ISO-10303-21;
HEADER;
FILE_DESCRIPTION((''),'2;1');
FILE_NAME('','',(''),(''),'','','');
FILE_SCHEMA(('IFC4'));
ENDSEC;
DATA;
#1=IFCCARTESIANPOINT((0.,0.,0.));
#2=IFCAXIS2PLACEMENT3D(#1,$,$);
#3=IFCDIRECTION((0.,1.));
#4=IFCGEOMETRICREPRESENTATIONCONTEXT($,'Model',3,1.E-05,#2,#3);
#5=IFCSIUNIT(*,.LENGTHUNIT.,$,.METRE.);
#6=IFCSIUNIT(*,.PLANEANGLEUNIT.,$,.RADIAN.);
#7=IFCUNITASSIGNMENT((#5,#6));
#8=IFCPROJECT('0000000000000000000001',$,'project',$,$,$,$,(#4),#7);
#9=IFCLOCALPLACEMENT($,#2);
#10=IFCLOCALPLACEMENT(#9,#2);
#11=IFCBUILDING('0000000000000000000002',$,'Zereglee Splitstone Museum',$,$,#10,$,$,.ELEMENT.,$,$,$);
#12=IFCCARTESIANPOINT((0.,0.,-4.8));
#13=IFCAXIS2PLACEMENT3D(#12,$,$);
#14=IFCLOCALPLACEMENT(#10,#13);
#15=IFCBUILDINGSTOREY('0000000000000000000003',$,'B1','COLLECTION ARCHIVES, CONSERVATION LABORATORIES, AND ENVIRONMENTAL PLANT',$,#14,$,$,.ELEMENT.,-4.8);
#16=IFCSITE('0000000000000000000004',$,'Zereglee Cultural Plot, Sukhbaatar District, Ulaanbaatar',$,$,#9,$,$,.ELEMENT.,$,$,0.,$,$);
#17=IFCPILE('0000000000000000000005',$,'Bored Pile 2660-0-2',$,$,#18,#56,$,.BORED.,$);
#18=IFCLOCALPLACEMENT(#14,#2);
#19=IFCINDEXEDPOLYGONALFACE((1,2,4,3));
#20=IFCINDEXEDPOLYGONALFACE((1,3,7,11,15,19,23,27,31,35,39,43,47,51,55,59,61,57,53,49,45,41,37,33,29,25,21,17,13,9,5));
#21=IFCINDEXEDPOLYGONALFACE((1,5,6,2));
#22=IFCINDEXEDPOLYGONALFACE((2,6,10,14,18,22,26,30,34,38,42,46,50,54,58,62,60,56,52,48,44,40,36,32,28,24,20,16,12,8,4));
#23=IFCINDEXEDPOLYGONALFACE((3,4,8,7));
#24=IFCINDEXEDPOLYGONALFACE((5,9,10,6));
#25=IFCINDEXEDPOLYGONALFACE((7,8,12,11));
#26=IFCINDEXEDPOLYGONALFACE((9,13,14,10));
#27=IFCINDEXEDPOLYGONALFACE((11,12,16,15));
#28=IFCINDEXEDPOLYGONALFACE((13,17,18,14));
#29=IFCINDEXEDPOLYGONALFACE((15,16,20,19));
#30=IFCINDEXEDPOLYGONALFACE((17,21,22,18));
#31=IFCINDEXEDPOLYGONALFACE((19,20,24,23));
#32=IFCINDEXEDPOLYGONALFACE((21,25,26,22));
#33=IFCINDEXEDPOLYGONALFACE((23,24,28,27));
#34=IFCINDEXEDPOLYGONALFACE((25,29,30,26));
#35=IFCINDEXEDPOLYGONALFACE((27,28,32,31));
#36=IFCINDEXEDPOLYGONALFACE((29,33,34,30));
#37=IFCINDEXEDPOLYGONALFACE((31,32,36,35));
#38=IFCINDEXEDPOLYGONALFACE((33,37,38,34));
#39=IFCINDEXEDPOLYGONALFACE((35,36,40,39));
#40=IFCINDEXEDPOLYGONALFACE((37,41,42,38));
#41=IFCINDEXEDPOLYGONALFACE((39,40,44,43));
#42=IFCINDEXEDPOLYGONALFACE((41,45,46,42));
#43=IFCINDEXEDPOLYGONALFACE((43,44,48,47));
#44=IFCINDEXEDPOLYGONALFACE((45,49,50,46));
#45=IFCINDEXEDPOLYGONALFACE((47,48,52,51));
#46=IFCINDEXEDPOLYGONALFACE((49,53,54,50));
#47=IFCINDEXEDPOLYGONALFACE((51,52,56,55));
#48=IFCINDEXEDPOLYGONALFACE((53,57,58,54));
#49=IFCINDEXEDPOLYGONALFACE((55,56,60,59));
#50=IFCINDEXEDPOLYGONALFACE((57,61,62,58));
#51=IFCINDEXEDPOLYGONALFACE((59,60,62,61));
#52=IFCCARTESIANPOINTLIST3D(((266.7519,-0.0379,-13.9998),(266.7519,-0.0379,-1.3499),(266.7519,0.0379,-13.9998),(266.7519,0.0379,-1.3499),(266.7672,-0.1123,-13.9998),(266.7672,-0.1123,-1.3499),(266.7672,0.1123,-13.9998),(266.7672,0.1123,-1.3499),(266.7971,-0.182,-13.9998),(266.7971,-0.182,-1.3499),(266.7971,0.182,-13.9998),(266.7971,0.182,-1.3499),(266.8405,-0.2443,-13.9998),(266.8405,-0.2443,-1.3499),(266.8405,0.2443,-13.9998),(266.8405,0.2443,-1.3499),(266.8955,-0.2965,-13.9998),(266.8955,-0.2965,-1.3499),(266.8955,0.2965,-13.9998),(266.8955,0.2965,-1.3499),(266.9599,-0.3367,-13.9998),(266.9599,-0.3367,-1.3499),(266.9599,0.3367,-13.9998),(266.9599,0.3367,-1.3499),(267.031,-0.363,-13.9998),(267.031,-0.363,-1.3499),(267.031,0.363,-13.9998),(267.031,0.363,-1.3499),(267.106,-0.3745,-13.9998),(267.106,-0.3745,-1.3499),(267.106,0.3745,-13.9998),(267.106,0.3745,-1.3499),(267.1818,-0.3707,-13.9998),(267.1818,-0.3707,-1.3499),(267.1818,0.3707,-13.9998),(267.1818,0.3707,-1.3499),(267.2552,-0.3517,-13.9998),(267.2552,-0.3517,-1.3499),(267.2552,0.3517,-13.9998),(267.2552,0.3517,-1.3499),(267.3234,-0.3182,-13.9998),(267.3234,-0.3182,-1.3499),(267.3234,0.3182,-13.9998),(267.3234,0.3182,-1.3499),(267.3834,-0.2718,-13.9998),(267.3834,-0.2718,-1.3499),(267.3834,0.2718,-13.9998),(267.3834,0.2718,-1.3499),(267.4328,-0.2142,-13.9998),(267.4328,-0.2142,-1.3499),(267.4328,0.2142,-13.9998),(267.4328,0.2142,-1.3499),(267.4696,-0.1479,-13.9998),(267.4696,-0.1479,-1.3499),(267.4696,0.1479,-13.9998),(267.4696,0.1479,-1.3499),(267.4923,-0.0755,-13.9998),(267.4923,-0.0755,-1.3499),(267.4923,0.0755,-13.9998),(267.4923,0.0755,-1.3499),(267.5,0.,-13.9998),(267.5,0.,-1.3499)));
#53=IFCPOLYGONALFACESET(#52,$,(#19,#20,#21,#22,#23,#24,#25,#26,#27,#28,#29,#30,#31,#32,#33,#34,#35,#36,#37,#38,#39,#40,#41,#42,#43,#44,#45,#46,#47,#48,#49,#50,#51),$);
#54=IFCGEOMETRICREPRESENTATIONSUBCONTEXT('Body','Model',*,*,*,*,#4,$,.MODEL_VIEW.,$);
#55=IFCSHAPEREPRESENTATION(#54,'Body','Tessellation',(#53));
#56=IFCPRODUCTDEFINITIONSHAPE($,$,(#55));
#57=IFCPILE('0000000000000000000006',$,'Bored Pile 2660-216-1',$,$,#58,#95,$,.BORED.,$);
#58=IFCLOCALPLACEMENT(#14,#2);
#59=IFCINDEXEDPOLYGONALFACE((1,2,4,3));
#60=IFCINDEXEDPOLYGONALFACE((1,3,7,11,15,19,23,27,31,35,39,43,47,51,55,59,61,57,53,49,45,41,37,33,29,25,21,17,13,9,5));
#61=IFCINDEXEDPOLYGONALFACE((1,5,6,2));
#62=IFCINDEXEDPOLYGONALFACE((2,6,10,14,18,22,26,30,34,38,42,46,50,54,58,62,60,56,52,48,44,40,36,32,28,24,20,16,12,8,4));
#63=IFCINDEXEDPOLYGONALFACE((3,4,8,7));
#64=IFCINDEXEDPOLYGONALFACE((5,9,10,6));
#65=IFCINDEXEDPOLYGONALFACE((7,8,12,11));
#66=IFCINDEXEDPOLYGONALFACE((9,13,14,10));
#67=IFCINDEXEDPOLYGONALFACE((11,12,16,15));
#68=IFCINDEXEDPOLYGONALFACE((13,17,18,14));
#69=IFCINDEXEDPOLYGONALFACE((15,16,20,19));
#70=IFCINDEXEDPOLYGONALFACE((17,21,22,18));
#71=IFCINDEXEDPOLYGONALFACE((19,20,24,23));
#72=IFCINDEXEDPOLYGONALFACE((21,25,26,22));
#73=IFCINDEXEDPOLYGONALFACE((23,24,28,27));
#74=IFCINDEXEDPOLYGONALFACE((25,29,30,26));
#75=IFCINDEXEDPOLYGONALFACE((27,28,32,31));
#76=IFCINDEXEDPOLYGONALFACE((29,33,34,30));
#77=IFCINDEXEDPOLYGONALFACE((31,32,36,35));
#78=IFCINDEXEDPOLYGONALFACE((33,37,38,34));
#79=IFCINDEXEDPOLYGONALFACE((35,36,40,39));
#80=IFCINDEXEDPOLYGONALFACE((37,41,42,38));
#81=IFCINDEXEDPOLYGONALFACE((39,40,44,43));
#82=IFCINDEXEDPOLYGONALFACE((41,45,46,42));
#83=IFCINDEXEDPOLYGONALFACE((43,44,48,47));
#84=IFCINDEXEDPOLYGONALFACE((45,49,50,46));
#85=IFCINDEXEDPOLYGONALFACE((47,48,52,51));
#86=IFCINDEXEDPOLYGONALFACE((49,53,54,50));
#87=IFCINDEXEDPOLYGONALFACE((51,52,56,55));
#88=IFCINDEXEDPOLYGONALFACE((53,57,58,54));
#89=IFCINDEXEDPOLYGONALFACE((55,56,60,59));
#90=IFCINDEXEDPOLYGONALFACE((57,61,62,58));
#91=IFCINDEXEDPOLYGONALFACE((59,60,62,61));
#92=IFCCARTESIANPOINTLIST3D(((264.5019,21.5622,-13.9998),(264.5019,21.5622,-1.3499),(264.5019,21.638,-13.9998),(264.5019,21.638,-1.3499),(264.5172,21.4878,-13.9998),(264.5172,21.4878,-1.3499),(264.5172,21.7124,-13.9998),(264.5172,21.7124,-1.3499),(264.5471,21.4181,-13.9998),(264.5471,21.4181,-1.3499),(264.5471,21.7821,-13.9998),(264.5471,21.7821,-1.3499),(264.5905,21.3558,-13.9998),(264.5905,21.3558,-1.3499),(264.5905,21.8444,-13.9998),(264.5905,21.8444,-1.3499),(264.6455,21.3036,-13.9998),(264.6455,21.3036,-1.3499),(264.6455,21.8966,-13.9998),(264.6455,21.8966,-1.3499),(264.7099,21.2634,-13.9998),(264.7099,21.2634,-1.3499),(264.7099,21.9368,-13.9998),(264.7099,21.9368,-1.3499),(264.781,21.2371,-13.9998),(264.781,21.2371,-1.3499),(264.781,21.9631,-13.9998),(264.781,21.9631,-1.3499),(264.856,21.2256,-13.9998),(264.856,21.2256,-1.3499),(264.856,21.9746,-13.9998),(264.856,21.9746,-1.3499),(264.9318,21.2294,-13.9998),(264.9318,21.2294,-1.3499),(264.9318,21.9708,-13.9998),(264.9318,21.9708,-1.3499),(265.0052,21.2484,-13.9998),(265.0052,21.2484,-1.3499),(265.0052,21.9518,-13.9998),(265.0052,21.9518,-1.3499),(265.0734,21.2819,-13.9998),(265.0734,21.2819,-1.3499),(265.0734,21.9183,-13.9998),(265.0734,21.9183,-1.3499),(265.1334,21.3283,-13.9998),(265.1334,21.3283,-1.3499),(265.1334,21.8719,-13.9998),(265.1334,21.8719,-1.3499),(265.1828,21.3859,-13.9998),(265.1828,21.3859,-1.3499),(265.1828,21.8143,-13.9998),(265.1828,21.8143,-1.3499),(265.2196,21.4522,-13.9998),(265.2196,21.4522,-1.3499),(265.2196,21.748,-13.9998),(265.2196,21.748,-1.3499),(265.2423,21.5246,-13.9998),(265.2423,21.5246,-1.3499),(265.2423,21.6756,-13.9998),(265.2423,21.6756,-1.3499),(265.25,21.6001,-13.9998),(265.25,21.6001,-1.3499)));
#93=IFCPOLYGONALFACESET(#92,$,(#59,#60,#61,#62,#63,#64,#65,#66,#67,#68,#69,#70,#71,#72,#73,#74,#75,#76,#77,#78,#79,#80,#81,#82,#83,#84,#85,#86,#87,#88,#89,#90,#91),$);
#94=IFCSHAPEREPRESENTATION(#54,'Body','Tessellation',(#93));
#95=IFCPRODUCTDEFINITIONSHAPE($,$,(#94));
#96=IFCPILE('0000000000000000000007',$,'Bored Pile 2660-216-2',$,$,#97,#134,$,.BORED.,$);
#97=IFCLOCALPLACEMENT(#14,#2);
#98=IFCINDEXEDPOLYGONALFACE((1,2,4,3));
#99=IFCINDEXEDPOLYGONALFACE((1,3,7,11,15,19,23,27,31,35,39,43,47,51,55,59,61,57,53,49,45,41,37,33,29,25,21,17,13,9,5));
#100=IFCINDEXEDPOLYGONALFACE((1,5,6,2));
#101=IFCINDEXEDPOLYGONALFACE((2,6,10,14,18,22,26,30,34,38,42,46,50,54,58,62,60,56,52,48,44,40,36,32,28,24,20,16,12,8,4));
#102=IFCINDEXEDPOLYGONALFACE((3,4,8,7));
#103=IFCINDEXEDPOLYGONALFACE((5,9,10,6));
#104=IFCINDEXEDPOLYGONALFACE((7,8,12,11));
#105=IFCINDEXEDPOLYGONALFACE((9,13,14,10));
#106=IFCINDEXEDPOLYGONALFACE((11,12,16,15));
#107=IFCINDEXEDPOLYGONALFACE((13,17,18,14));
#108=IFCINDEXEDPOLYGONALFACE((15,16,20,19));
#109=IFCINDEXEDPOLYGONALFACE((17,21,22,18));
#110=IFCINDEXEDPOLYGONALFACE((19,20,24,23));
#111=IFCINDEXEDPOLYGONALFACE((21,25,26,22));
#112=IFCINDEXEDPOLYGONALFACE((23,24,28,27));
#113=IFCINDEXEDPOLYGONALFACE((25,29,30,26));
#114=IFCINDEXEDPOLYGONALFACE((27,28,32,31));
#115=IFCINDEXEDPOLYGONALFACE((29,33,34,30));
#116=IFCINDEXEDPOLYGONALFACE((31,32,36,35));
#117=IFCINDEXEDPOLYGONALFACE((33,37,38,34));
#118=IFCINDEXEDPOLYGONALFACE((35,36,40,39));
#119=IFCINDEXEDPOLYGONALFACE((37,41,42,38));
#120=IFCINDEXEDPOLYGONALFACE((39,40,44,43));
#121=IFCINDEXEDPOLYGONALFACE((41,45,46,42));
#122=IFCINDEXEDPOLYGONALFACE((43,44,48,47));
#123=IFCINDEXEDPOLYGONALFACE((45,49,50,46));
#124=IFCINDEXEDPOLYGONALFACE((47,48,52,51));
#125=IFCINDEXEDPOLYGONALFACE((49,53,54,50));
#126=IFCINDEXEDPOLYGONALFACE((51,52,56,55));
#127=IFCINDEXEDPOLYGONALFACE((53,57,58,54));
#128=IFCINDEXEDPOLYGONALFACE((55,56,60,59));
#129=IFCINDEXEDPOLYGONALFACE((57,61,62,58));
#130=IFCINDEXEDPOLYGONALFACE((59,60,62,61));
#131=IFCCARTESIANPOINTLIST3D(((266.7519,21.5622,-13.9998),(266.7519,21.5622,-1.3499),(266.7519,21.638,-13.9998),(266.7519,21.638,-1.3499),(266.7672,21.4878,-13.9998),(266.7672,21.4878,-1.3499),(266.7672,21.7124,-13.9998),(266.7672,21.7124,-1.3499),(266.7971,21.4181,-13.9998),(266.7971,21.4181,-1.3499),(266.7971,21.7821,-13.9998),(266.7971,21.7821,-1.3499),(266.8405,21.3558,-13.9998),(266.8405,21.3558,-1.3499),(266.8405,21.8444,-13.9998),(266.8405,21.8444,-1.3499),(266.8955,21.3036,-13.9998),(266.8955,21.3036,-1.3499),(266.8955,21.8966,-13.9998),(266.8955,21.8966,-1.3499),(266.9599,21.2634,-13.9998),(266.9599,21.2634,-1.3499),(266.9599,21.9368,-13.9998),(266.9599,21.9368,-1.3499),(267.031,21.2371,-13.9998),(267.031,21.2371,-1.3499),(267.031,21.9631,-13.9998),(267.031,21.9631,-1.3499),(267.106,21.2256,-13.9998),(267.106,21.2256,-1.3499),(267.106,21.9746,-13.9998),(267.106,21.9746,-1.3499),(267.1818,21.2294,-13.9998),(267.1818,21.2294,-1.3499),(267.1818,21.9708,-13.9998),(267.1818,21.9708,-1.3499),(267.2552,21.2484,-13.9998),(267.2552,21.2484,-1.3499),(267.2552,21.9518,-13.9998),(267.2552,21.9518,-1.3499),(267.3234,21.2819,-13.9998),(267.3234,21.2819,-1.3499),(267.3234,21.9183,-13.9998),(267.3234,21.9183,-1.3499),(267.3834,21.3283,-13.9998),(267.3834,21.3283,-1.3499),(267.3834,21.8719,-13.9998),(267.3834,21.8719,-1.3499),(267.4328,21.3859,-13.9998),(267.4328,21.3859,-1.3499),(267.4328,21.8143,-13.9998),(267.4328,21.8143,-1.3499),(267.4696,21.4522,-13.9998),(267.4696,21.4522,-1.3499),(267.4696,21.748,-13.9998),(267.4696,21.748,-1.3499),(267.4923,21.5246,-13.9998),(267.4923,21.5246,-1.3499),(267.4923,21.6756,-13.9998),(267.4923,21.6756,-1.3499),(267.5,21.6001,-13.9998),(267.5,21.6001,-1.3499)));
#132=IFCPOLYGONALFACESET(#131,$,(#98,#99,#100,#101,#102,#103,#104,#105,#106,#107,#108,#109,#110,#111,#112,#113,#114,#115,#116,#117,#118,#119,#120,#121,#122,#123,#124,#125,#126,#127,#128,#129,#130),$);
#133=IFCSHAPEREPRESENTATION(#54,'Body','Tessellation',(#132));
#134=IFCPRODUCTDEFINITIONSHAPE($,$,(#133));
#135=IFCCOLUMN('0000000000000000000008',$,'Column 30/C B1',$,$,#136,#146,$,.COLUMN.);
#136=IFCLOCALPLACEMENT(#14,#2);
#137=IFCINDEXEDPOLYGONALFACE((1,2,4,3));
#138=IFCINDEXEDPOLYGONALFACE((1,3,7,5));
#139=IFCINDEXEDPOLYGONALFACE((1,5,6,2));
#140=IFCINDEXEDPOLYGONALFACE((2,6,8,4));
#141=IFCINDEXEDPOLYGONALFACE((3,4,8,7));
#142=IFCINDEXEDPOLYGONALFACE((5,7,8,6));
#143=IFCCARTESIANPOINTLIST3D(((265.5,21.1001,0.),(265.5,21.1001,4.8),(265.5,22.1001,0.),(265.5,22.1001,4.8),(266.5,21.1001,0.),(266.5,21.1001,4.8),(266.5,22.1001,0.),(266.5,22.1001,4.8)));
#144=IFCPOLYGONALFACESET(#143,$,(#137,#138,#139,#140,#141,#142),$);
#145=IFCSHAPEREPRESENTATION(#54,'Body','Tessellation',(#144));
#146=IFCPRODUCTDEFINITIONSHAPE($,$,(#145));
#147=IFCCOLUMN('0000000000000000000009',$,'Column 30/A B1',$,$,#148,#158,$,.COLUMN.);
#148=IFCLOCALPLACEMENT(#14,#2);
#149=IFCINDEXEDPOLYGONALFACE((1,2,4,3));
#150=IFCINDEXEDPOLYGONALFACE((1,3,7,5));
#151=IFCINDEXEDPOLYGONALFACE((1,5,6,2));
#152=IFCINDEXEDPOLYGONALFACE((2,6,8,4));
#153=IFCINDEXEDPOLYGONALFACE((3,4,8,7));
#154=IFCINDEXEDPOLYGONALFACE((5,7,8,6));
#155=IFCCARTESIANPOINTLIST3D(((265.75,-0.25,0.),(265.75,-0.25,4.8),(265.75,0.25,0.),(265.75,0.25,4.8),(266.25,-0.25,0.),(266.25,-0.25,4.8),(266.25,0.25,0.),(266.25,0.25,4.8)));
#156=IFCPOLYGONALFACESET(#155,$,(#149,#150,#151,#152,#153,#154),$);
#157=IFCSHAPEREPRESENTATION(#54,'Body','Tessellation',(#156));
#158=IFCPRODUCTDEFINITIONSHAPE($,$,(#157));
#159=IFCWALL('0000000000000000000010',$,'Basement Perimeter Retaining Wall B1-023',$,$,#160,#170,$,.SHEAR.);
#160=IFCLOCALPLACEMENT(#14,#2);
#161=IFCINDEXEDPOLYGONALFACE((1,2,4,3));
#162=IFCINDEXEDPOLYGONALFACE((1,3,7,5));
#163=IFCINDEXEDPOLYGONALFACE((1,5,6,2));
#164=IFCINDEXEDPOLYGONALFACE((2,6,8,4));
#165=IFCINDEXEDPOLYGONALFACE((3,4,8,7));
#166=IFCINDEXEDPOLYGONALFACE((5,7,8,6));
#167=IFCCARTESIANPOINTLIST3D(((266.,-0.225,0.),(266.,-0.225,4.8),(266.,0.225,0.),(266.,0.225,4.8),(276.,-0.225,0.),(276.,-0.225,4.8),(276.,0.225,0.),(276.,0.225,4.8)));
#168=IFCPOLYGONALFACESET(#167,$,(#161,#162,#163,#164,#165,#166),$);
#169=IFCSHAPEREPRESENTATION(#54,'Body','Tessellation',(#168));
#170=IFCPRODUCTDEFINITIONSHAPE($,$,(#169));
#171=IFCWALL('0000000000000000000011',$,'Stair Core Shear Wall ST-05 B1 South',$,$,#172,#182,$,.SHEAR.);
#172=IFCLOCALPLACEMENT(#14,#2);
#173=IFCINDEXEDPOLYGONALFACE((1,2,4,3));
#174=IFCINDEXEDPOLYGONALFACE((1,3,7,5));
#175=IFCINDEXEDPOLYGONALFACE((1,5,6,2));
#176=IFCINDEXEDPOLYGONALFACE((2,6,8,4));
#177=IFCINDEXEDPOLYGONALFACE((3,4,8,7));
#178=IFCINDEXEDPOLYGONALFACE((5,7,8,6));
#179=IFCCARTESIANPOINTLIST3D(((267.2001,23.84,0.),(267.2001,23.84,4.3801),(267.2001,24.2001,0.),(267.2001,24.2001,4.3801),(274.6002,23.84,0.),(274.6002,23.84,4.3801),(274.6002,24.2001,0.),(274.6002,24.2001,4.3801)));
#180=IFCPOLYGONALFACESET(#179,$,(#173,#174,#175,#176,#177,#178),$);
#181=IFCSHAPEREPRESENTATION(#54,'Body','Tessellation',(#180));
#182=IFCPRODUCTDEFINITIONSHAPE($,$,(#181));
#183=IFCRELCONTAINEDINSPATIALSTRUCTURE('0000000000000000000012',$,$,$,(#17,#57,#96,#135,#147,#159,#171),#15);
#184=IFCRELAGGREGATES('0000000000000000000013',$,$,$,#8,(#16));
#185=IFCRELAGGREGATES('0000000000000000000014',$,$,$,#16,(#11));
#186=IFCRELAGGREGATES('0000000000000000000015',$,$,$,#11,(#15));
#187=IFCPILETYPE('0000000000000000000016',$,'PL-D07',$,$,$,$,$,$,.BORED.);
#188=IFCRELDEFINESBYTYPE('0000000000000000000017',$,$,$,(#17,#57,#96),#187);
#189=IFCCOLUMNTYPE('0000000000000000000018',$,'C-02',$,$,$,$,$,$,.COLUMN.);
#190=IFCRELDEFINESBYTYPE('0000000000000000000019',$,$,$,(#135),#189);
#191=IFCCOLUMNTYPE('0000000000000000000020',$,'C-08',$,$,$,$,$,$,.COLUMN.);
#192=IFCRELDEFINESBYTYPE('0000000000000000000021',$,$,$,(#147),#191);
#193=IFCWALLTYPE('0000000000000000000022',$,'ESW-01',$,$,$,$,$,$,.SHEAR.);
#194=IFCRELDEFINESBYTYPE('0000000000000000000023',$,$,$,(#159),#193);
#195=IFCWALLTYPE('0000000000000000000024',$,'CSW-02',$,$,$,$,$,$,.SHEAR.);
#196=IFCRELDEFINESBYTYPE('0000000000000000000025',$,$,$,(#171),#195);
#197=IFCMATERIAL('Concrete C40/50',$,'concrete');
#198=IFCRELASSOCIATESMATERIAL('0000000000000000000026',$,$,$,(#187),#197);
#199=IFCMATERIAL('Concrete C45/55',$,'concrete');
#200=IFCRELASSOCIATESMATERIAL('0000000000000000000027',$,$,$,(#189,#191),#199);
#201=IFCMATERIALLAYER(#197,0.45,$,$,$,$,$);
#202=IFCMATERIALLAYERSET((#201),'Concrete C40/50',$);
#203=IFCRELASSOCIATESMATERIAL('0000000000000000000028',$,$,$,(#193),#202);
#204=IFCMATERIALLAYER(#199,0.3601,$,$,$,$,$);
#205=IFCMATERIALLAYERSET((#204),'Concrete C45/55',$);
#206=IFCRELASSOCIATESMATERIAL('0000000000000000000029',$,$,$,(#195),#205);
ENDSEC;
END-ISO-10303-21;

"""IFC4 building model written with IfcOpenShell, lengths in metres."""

from ifc_helpers import new_model, si_unit, direction, frame, frame_2d, origin, origin_2d, place, context, subcontext, project, spatial, rectangle, circle, extrude, material, layer, layer_set, material_profile, profile_set, type_object, element, save


model = new_model("IFC4")

# Units and contexts
model_context = context("Model", 3, precision=1e-05, world=origin(), true_north=direction((0.0, 1.0)))
body_context = subcontext(model_context, "Body", "Model", "MODEL_VIEW")
ifc_project = project(units=[si_unit("LENGTHUNIT", "METRE"), si_unit("PLANEANGLEUNIT", "RADIAN")], contexts=[model_context])

# Site, building, storey
site_placement = place(None, origin())
site = spatial("IfcSite", under=ifc_project, at=site_placement, Name="Zereglee Cultural Plot, Sukhbaatar District, Ulaanbaatar", CompositionType="ELEMENT", RefElevation=0.0)
building_placement = place(site_placement, origin())
building = spatial("IfcBuilding", under=site, at=building_placement, Name="Zereglee Splitstone Museum", CompositionType="ELEMENT")
storey_placement = place(building_placement, frame((0.0, 0.0, -4.8)))
storey = spatial("IfcBuildingStorey", under=building, at=storey_placement, Name="B1", Description="COLLECTION ARCHIVES, CONSERVATION LABORATORIES, AND ENVIRONMENTAL PLANT", CompositionType="ELEMENT", Elevation=-4.8)

# Shared definitions
ifc_material_1 = material(Name="Concrete C40/50", Category="concrete")

# Piles
ifc_material_profile_1 = material_profile(ifc_material_1, circle(Radius=0.375, at=origin_2d()), Name="PILE D750")
ifc_profile_set_1 = profile_set([ifc_material_profile_1], Name="Concrete C40/50")
pile_type = type_object("IfcPileType", Name="PL-D07", PredefinedType="BORED", material=ifc_profile_set_1)
for number, where, z_axis, x_axis, name in (
    (1, (267.125, 0.0, -1.3499), (0.0, 0.0, -1.0), (1.0, 0.0, 0.0), "Bored Pile 2660-0-2"),
    (2, (264.875, 21.6001, -1.3499), (0.0, 0.0, -1.0), (1.0, 0.0, 0.0), "Bored Pile 2660-216-1"),
    (3, (267.125, 21.6001, -1.3499), (0.0, 0.0, -1.0), (1.0, 0.0, 0.0), "Bored Pile 2660-216-2"),
):
    element("IfcPile", number, at=place(storey_placement, frame(where, z_axis=z_axis, x_axis=x_axis)), inside=storey, type_object=pile_type, Name=name, PredefinedType="BORED", context=body_context, shape_type="SweptSolid", body=[
        extrude(circle(Radius=0.375, at=origin_2d()), origin(), (0.0, 0.0, 1.0), 12.6499),
    ])

# Columns
ifc_material_2 = material(Name="Concrete C45/55", Category="concrete")
ifc_material_profile_2 = material_profile(ifc_material_2, rectangle(XDim=1.0, YDim=1.0, at=origin_2d()), Name="RC 1000x1000")
ifc_profile_set_2 = profile_set([ifc_material_profile_2], Name="Concrete C45/55")
column_type_1 = type_object("IfcColumnType", Name="C-02", PredefinedType="COLUMN", material=ifc_profile_set_2)
column_1_placement = place(storey_placement, frame((266.0, 21.6001, 0.0), z_axis=(0.0, 0.0, 1.0), x_axis=(1.0, 0.0, 0.0)))
element("IfcColumn", 4, at=column_1_placement, inside=storey, type_object=column_type_1, Name="Column 30/C B1", PredefinedType="COLUMN", context=body_context, shape_type="SweptSolid", body=[
    extrude(rectangle(XDim=1.0, YDim=1.0, at=origin_2d()), origin(), (0.0, 0.0, 1.0), 4.8),
])
ifc_material_profile_3 = material_profile(ifc_material_2, rectangle(XDim=0.5, YDim=0.5, at=origin_2d()), Name="RC 500x500")
ifc_profile_set_3 = profile_set([ifc_material_profile_3], Name="Concrete C45/55")
column_type_2 = type_object("IfcColumnType", Name="C-08", PredefinedType="COLUMN", material=ifc_profile_set_3)
column_2_placement = place(storey_placement, frame((266.0, 0.0, 0.0), z_axis=(0.0, 0.0, 1.0), x_axis=(1.0, 0.0, 0.0)))
element("IfcColumn", 5, at=column_2_placement, inside=storey, type_object=column_type_2, Name="Column 30/A B1", PredefinedType="COLUMN", context=body_context, shape_type="SweptSolid", body=[
    extrude(rectangle(XDim=0.5, YDim=0.5, at=origin_2d()), origin(), (0.0, 0.0, 1.0), 4.8),
])

# Wall
ifc_layer_1 = layer(ifc_material_1, 0.45)
ifc_layer_set_1 = layer_set([ifc_layer_1], Name="Concrete C40/50")
wall_type_1 = type_object("IfcWallType", Name="ESW-01", PredefinedType="SHEAR", material=ifc_layer_set_1)
wall_1_placement = place(storey_placement, frame((266.0, 0.0, 0.0), z_axis=(0.0, 0.0, 1.0), x_axis=(1.0, 0.0, 0.0)))
element("IfcWall", 6, at=wall_1_placement, inside=storey, type_object=wall_type_1, Name="Basement Perimeter Retaining Wall B1-023", PredefinedType="SHEAR", context=body_context, shape_type="SweptSolid", body=[
    extrude(rectangle(XDim=10.0, YDim=0.45, at=frame_2d((5.0, 0.0))), origin(), (0.0, 0.0, 1.0), 4.8),
])

# Shared definitions
ifc_layer_2 = layer(ifc_material_2, 0.3601)
ifc_layer_set_2 = layer_set([ifc_layer_2], Name="Concrete C45/55")
wall_type_2 = type_object("IfcWallType", Name="CSW-02", PredefinedType="SHEAR", material=ifc_layer_set_2)

# Wall
wall_2_placement = place(storey_placement, frame((267.2, 24.02, 0.0), z_axis=(0.0, 0.0, 1.0), x_axis=(1.0, 0.0, 0.0)))
element("IfcWall", 7, at=wall_2_placement, inside=storey, type_object=wall_type_2, Name="Stair Core Shear Wall ST-05 B1 South", PredefinedType="SHEAR", context=body_context, shape_type="SweptSolid", body=[
    extrude(rectangle(XDim=7.4001, YDim=0.3601, at=frame_2d((3.7002, 0.0))), origin(), (0.0, 0.0, 1.0), 4.3801),
])

save(model, "model.ifc")
